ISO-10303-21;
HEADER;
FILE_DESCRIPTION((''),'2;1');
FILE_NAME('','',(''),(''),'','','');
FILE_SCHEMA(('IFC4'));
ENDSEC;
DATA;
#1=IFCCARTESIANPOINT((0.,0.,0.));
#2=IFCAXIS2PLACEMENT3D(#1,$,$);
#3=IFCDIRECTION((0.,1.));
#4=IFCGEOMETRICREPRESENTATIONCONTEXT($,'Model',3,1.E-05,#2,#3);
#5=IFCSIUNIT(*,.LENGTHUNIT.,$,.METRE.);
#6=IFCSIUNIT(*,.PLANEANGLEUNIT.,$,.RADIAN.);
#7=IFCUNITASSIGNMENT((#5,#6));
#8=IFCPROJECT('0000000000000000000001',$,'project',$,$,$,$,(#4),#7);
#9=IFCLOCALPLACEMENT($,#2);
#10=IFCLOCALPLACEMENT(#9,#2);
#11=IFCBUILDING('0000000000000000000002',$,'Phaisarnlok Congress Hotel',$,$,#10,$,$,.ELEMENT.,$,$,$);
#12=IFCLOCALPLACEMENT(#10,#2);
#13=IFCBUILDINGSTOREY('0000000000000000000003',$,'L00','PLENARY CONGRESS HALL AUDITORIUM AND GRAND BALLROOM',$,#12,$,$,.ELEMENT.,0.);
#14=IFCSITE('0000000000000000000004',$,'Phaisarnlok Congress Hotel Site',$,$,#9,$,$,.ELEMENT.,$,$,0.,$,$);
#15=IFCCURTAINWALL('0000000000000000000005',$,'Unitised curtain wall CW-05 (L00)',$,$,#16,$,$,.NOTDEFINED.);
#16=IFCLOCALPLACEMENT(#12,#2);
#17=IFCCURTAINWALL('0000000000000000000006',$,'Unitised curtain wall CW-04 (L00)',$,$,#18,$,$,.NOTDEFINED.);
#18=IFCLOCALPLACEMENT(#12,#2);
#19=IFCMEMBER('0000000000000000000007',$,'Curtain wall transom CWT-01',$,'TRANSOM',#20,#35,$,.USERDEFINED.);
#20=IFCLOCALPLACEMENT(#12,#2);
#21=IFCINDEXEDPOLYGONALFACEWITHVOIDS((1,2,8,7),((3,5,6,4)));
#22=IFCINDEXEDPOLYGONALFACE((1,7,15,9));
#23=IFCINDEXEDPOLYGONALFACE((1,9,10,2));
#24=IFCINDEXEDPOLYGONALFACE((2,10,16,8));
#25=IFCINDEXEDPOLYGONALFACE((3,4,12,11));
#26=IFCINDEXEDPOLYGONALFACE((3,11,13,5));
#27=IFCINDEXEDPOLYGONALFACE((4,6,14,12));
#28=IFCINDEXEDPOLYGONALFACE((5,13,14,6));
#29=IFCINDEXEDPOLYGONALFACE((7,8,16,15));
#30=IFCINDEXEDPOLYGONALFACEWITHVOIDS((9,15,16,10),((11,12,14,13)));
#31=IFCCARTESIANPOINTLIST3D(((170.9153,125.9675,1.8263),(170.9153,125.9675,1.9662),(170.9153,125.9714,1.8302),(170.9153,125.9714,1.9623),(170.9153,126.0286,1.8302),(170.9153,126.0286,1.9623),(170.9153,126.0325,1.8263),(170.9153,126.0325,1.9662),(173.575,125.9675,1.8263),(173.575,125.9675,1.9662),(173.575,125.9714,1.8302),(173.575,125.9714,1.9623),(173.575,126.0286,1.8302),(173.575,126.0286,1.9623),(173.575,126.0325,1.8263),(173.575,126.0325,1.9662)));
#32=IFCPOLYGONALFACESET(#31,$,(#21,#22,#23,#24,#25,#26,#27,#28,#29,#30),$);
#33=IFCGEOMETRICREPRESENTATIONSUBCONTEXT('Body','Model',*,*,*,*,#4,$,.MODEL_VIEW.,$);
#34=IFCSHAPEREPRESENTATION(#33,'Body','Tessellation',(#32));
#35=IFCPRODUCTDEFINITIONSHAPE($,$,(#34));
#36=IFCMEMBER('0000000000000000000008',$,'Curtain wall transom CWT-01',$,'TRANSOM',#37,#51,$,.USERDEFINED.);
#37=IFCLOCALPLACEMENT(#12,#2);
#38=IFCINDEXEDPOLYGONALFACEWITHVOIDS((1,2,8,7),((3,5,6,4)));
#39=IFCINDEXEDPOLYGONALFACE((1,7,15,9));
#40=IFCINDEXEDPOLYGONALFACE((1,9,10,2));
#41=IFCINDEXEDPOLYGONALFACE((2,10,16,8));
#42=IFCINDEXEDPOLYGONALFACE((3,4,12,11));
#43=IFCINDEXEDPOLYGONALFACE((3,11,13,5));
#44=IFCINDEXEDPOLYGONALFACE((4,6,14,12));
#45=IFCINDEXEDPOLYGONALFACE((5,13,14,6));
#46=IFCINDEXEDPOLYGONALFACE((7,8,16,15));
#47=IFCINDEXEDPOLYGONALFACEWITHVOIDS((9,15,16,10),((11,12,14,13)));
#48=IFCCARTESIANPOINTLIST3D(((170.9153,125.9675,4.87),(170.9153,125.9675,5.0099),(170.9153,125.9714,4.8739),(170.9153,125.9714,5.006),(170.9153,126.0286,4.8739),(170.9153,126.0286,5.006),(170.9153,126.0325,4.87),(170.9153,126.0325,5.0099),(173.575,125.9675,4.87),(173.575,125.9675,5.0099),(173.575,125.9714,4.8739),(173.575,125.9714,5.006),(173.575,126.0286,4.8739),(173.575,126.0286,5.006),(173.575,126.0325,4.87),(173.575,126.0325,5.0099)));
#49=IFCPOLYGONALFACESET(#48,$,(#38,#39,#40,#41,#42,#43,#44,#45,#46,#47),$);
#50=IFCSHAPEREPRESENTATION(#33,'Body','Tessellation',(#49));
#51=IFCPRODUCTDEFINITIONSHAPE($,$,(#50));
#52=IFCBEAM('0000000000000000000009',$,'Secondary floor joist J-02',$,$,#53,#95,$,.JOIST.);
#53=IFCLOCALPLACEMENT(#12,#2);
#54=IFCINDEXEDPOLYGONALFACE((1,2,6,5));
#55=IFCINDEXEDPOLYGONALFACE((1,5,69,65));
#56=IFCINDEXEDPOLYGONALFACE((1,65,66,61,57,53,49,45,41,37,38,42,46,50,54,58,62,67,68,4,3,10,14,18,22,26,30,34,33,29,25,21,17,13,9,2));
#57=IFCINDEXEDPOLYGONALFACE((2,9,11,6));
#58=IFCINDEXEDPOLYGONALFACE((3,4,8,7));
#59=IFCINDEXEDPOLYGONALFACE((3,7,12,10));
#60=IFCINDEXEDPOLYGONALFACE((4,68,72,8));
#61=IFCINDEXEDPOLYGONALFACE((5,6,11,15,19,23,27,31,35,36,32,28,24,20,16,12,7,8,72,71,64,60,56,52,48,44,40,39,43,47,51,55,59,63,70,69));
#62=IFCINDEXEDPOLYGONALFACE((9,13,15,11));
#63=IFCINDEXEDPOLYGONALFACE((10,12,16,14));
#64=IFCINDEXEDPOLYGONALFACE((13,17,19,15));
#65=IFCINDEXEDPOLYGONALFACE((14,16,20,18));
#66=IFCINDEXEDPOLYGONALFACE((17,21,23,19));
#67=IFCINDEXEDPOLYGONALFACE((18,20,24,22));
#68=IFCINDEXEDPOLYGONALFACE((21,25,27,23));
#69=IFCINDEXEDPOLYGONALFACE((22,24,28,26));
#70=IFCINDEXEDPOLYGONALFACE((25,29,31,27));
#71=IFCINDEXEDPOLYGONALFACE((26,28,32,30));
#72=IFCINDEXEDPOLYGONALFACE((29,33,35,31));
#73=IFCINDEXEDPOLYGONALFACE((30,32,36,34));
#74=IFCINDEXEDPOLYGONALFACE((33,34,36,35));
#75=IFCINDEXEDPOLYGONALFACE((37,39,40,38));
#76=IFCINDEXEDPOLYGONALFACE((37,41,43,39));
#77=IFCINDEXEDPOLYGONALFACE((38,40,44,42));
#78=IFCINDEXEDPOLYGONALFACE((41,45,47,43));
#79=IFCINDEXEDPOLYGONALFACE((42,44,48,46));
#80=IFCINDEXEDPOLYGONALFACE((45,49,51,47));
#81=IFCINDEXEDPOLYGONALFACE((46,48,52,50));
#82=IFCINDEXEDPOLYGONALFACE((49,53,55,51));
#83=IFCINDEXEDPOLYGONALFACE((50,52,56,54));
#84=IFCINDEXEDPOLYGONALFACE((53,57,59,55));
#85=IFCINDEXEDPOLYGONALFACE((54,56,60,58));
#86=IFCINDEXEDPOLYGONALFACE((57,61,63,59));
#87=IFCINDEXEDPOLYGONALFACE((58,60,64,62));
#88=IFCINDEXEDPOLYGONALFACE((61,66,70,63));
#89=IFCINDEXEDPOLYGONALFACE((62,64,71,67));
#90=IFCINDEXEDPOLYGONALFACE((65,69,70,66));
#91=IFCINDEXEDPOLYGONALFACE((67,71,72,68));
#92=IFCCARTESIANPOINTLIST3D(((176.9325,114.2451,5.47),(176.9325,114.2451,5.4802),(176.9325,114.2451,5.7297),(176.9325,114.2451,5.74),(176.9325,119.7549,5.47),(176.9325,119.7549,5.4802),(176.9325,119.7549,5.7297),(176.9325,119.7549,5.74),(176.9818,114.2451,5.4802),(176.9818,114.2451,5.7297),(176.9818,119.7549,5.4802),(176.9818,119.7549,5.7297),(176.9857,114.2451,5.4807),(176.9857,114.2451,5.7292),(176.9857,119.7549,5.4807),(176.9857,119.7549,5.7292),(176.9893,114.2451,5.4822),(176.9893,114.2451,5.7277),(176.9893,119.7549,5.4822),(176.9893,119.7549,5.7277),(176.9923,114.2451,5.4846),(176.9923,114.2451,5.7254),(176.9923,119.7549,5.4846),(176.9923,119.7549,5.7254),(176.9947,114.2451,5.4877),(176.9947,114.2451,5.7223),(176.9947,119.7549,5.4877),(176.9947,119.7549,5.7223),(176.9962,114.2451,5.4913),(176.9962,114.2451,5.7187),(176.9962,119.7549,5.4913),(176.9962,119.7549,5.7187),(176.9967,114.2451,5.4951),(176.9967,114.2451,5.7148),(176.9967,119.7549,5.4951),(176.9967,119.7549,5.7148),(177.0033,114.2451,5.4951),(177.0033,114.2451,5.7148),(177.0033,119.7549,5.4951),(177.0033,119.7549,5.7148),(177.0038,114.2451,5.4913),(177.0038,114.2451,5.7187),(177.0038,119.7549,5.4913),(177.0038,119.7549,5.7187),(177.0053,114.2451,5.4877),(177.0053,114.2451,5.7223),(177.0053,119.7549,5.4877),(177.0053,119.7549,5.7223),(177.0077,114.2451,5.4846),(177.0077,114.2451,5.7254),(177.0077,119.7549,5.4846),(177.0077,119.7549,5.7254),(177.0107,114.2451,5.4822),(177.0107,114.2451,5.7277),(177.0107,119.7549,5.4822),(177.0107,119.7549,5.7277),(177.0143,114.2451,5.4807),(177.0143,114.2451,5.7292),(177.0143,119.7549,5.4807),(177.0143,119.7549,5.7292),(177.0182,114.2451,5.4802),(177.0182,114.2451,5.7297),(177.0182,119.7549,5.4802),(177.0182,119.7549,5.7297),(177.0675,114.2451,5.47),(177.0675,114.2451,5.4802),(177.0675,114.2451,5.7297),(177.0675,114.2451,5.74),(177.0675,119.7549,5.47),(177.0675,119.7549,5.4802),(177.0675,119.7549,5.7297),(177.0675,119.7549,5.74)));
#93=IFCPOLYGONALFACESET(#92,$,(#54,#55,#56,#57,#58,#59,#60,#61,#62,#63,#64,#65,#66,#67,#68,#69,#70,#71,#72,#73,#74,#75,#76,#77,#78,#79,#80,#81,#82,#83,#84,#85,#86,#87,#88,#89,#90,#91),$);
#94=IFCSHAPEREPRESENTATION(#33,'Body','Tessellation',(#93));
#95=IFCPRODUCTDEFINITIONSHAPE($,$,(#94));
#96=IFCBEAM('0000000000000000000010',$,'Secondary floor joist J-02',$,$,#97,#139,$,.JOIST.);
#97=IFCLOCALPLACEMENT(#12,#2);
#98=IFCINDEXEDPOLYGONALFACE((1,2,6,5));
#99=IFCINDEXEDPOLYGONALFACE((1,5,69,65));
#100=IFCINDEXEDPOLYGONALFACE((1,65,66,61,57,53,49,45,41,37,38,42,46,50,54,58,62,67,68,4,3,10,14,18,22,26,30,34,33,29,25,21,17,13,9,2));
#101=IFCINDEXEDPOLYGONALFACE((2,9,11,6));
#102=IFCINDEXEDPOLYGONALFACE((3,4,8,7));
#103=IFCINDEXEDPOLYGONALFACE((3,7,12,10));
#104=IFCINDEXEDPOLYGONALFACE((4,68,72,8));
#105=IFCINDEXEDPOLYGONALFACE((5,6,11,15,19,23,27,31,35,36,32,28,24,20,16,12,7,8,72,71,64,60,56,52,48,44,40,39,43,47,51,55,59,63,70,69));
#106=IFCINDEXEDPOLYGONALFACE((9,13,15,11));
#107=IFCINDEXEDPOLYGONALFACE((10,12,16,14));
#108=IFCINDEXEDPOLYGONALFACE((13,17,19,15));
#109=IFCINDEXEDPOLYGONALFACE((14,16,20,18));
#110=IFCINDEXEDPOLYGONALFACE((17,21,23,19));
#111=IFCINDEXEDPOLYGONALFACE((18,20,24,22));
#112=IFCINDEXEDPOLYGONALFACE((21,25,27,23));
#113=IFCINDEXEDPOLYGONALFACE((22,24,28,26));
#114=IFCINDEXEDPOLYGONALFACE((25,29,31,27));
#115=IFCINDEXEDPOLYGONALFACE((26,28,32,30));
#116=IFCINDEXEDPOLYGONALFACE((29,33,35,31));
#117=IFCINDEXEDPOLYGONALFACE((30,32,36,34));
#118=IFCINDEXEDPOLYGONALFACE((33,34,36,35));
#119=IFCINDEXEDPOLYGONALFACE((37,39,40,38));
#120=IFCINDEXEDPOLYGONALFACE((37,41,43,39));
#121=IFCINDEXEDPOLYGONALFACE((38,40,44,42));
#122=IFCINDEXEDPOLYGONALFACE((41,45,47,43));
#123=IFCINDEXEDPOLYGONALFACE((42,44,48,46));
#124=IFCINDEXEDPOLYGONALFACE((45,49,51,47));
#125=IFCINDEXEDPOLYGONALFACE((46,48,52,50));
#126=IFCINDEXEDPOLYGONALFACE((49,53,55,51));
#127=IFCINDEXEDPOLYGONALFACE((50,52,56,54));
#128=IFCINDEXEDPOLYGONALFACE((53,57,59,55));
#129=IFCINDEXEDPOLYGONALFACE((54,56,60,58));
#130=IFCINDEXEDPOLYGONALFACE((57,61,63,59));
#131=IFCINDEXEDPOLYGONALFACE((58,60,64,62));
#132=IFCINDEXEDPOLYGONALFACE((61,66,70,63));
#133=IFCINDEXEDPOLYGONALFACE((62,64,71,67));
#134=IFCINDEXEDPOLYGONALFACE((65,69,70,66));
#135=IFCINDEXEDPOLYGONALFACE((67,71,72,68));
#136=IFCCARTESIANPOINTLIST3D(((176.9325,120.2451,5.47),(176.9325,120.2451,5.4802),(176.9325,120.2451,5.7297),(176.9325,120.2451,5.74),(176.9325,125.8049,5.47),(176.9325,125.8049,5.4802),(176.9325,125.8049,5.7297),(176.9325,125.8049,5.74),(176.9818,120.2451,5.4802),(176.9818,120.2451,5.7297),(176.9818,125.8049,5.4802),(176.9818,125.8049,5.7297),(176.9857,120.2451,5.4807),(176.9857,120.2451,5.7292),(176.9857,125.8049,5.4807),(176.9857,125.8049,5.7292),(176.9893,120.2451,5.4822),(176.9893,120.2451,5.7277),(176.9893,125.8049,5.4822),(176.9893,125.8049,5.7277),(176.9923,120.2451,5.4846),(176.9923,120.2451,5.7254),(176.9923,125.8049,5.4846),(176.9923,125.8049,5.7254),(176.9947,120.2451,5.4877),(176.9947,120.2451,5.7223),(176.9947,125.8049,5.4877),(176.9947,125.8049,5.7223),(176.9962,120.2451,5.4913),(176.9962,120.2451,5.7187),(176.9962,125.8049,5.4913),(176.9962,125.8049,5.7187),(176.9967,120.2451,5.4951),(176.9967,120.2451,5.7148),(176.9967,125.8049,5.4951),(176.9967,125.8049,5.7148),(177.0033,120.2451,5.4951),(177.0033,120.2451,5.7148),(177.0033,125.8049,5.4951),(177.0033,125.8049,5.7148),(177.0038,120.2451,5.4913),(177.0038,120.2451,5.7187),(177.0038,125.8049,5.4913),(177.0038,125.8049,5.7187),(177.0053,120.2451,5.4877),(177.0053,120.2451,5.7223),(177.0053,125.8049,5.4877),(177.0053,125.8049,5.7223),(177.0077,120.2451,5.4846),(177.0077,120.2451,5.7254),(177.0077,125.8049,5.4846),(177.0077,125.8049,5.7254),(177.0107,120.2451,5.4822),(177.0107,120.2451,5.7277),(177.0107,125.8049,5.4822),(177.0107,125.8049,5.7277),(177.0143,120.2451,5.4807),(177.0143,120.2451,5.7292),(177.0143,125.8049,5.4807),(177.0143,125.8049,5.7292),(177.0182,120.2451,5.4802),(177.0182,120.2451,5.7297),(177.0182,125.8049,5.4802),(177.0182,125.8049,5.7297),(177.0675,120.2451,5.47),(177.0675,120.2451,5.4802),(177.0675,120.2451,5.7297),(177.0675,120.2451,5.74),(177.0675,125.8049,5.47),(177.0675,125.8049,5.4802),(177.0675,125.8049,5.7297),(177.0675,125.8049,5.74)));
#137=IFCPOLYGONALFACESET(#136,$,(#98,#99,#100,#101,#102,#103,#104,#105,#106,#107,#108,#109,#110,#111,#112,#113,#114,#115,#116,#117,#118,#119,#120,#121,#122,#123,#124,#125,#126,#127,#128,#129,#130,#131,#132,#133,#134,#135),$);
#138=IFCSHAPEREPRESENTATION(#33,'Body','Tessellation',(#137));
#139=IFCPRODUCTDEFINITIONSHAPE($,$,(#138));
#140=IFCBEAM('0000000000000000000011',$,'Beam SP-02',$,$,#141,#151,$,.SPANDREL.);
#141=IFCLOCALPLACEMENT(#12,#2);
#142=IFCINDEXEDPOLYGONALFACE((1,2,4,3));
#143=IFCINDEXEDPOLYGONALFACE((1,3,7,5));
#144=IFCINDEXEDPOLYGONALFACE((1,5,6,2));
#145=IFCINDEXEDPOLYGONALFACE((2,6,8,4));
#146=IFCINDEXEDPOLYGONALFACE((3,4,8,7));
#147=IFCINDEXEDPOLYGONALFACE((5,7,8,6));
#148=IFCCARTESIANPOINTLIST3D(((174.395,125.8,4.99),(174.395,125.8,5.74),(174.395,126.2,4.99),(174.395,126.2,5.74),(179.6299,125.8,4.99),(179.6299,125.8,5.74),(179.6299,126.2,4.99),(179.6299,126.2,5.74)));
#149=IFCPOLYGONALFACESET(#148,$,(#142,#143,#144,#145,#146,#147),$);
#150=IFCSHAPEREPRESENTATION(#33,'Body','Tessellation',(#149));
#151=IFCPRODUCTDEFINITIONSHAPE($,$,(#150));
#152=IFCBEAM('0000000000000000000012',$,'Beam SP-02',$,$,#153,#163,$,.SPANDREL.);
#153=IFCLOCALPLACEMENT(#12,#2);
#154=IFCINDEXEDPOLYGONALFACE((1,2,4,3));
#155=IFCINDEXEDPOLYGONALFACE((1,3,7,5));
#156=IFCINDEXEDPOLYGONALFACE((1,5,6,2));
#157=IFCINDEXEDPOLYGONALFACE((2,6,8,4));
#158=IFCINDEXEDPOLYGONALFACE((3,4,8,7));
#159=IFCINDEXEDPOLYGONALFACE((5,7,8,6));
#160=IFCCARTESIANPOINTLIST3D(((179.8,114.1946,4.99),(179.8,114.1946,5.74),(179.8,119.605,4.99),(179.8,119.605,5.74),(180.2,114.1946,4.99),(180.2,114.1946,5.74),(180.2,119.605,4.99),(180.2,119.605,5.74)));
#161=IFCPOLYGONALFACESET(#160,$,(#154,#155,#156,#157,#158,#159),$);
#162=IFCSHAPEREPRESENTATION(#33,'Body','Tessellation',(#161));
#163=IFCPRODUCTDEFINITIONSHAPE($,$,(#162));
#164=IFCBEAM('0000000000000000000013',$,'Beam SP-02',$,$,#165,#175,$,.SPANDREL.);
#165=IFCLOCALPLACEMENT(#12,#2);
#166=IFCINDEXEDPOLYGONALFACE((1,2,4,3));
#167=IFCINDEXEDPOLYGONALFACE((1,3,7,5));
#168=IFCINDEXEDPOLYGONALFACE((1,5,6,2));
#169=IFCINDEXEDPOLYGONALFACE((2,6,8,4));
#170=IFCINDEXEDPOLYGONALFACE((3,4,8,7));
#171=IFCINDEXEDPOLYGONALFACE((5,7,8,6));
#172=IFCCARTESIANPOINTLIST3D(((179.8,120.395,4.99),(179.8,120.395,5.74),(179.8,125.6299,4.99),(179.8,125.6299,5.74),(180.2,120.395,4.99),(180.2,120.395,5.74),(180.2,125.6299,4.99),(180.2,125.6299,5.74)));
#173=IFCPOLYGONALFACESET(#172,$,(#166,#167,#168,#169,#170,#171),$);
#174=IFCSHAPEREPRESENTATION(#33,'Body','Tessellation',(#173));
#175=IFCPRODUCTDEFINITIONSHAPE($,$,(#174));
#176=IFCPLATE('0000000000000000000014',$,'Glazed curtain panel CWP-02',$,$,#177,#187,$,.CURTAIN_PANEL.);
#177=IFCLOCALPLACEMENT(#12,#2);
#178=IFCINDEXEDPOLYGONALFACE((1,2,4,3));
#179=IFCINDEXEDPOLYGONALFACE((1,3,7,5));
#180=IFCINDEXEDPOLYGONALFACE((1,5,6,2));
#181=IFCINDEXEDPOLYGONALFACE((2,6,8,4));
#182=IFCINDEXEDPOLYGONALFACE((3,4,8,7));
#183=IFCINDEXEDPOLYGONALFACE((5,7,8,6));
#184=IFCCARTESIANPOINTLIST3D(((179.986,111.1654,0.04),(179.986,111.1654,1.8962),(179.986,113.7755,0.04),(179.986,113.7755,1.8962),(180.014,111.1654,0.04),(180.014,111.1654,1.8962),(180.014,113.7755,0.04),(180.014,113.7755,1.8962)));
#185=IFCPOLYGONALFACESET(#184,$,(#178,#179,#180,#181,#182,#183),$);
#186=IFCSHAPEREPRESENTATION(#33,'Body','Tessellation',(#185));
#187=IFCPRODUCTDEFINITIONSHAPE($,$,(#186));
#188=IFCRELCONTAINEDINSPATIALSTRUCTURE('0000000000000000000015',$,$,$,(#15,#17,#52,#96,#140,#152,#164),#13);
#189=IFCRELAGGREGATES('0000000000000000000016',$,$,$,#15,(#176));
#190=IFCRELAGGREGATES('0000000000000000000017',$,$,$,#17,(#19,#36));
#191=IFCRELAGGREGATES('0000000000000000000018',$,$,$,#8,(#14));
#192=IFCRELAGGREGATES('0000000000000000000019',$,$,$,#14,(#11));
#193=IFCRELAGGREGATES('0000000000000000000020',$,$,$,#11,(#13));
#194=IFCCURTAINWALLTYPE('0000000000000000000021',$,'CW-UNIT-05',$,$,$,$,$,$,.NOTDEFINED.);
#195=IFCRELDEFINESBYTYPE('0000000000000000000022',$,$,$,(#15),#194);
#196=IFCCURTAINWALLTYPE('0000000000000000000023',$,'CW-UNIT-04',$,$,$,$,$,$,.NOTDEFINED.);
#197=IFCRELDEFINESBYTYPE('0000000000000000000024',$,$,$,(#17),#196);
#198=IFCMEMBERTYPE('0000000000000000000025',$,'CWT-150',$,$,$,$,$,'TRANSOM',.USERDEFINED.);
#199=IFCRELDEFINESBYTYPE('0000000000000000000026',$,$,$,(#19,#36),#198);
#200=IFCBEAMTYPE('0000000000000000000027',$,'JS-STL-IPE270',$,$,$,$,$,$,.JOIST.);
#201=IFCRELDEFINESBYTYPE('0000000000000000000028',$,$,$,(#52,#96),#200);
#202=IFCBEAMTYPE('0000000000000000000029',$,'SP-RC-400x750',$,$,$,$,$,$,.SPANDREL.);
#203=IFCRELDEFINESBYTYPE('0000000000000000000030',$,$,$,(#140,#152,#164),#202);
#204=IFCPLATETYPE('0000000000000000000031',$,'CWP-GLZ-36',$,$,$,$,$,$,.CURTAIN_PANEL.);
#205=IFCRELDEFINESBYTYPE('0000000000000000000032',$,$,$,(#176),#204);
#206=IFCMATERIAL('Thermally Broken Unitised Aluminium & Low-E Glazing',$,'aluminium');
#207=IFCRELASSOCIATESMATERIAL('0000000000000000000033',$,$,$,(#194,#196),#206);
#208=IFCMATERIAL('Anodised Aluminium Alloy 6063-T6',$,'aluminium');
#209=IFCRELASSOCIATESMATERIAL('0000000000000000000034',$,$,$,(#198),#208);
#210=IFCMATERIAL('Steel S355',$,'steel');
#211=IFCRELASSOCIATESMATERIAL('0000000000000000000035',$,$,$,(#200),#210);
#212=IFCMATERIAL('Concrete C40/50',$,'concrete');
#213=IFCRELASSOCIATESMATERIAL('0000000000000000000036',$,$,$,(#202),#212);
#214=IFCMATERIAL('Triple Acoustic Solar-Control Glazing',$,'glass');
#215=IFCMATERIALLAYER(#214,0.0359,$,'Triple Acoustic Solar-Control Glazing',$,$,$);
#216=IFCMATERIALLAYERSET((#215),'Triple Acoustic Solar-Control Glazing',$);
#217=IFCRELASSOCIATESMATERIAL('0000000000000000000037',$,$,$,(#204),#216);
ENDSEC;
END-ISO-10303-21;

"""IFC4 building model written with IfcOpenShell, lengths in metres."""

from ifc_helpers import new_model, si_unit, direction, frame, frame_2d, origin, origin_2d, place, context, subcontext, project, spatial, rectangle, hollow_rectangle, i_section, extrude, material, layer, layer_set, material_profile, profile_set, type_object, element, aggregate, save


model = new_model("IFC4")

# Units and contexts
model_context = context("Model", 3, precision=1e-05, world=origin(), true_north=direction((0.0, 1.0)))
body_context = subcontext(model_context, "Body", "Model", "MODEL_VIEW")
ifc_project = project(units=[si_unit("LENGTHUNIT", "METRE"), si_unit("PLANEANGLEUNIT", "RADIAN")], contexts=[model_context])

# Site, building, storey
site_placement = place(None, origin())
site = spatial("IfcSite", under=ifc_project, at=site_placement, Name="Phaisarnlok Congress Hotel Site", CompositionType="ELEMENT", RefElevation=0.0)
building_placement = place(site_placement, origin())
building = spatial("IfcBuilding", under=site, at=building_placement, Name="Phaisarnlok Congress Hotel", CompositionType="ELEMENT")
storey_placement = place(building_placement, origin())
storey = spatial("IfcBuildingStorey", under=building, at=storey_placement, Name="L00", Description="PLENARY CONGRESS HALL AUDITORIUM AND GRAND BALLROOM", CompositionType="ELEMENT", Elevation=0.0)

# Shared definitions
ifc_material_1 = material(Name="Steel S355", Category="steel")

# Shared definitions
ifc_material_2 = material(Name="Concrete C40/50", Category="concrete")

# Curtain wall
ifc_material_3 = material(Name="Thermally Broken Unitised Aluminium & Low-E Glazing", Category="aluminium")
curtain_wall_type_1 = type_object("IfcCurtainWallType", Name="CW-UNIT-05", PredefinedType="NOTDEFINED", material=ifc_material_3)
curtain_wall_1_placement = place(storey_placement, origin())
curtain_wall_1 = element("IfcCurtainWall", 1, at=curtain_wall_1_placement, inside=storey, type_object=curtain_wall_type_1, Name="Unitised curtain wall CW-05 (L00)", PredefinedType="NOTDEFINED")
ifc_material_4 = material(Name="Anodised Aluminium Alloy 6063-T6", Category="aluminium")

# Curtain wall
curtain_wall_type_2 = type_object("IfcCurtainWallType", Name="CW-UNIT-04", PredefinedType="NOTDEFINED", material=ifc_material_3)
curtain_wall_2_placement = place(storey_placement, origin())
curtain_wall_2 = element("IfcCurtainWall", 2, at=curtain_wall_2_placement, inside=storey, type_object=curtain_wall_type_2, Name="Unitised curtain wall CW-04 (L00)", PredefinedType="NOTDEFINED")

# Members
ifc_material_profile_1 = material_profile(ifc_material_4, hollow_rectangle(XDim=0.0649, YDim=0.1399, WallThickness=0.0039, at=origin_2d()), Name="ALU-T 65x140x4")
ifc_profile_set_1 = profile_set([ifc_material_profile_1], Name="Anodised Aluminium Alloy 6063-T6")
member_type_1 = type_object("IfcMemberType", Name="CWT-150", ElementType="TRANSOM", PredefinedType="USERDEFINED", material=ifc_profile_set_1)
member_1_placement = place(storey_placement, frame((173.575, 126.0, 1.8962), z_axis=(-1.0, 0.0, 0.0), x_axis=(0.0, -1.0, 0.0)))
member_1 = element("IfcMember", 3, at=member_1_placement, type_object=member_type_1, Name="Curtain wall transom CWT-01", ObjectType="TRANSOM", PredefinedType="USERDEFINED", context=body_context, shape_type="SweptSolid", body=[
    extrude(hollow_rectangle(XDim=0.0649, YDim=0.1399, WallThickness=0.0039, at=origin_2d()), origin(), (0.0, 0.0, 1.0), 2.6597),
])
member_2_placement = place(storey_placement, frame((173.575, 126.0, 4.9399), z_axis=(-1.0, 0.0, 0.0), x_axis=(0.0, -1.0, 0.0)))
member_2 = element("IfcMember", 4, at=member_2_placement, type_object=member_type_1, Name="Curtain wall transom CWT-01", ObjectType="TRANSOM", PredefinedType="USERDEFINED", context=body_context, shape_type="SweptSolid", body=[
    extrude(hollow_rectangle(XDim=0.0649, YDim=0.1399, WallThickness=0.0039, at=origin_2d()), origin(), (0.0, 0.0, 1.0), 2.6597),
])

# Beams
ifc_material_profile_2 = material_profile(ifc_material_1, i_section(OverallWidth=0.135, OverallDepth=0.27, WebThickness=0.0066, FlangeThickness=0.0103, FilletRadius=0.0149, at=origin_2d()), Name="IPE 270")
ifc_profile_set_2 = profile_set([ifc_material_profile_2], Name="Steel S355")
beam_type_1 = type_object("IfcBeamType", Name="JS-STL-IPE270", PredefinedType="JOIST", material=ifc_profile_set_2)
beam_1_placement = place(storey_placement, frame((177.0, 114.2451, 5.605), z_axis=(0.0, 1.0, 0.0), x_axis=(-1.0, 0.0, 0.0)))
element("IfcBeam", 5, at=beam_1_placement, inside=storey, type_object=beam_type_1, Name="Secondary floor joist J-02", PredefinedType="JOIST", context=body_context, shape_type="SweptSolid", body=[
    extrude(i_section(OverallWidth=0.135, OverallDepth=0.27, WebThickness=0.0066, FlangeThickness=0.0103, FilletRadius=0.0149, at=origin_2d()), origin(), (0.0, 0.0, 1.0), 5.5098),
])
beam_2_placement = place(storey_placement, frame((177.0, 120.2451, 5.605), z_axis=(0.0, 1.0, 0.0), x_axis=(-1.0, 0.0, 0.0)))
element("IfcBeam", 6, at=beam_2_placement, inside=storey, type_object=beam_type_1, Name="Secondary floor joist J-02", PredefinedType="JOIST", context=body_context, shape_type="SweptSolid", body=[
    extrude(i_section(OverallWidth=0.135, OverallDepth=0.27, WebThickness=0.0066, FlangeThickness=0.0103, FilletRadius=0.0149, at=origin_2d()), origin(), (0.0, 0.0, 1.0), 5.5598),
])
ifc_material_profile_3 = material_profile(ifc_material_2, rectangle(XDim=0.3999, YDim=0.75, at=origin_2d()), Name="RC 400x750")
ifc_profile_set_3 = profile_set([ifc_material_profile_3], Name="Concrete C40/50")
beam_type_2 = type_object("IfcBeamType", Name="SP-RC-400x750", PredefinedType="SPANDREL", material=ifc_profile_set_3)
beam_3_placement = place(storey_placement, frame((174.395, 126.0, 5.365), z_axis=(1.0, 0.0, 0.0), x_axis=(0.0, 1.0, 0.0)))
element("IfcBeam", 7, at=beam_3_placement, inside=storey, type_object=beam_type_2, Name="Beam SP-02", PredefinedType="SPANDREL", context=body_context, shape_type="SweptSolid", body=[
    extrude(rectangle(XDim=0.3999, YDim=0.75, at=origin_2d()), origin(), (0.0, 0.0, 1.0), 5.2349),
])
beam_4_placement = place(storey_placement, frame((180.0, 114.1946, 5.365), z_axis=(0.0, 1.0, 0.0), x_axis=(-1.0, 0.0, 0.0)))
element("IfcBeam", 8, at=beam_4_placement, inside=storey, type_object=beam_type_2, Name="Beam SP-02", PredefinedType="SPANDREL", context=body_context, shape_type="SweptSolid", body=[
    extrude(rectangle(XDim=0.3999, YDim=0.75, at=origin_2d()), origin(), (0.0, 0.0, 1.0), 5.4104),
])
beam_5_placement = place(storey_placement, frame((180.0, 120.395, 5.365), z_axis=(0.0, 1.0, 0.0), x_axis=(-1.0, 0.0, 0.0)))
element("IfcBeam", 9, at=beam_5_placement, inside=storey, type_object=beam_type_2, Name="Beam SP-02", PredefinedType="SPANDREL", context=body_context, shape_type="SweptSolid", body=[
    extrude(rectangle(XDim=0.3999, YDim=0.75, at=origin_2d()), origin(), (0.0, 0.0, 1.0), 5.2349),
])

# Plate
ifc_material_5 = material(Name="Triple Acoustic Solar-Control Glazing", Category="glass")
ifc_layer_1 = layer(ifc_material_5, 0.0359, Name="Triple Acoustic Solar-Control Glazing")
ifc_layer_set_1 = layer_set([ifc_layer_1], Name="Triple Acoustic Solar-Control Glazing")
plate_type = type_object("IfcPlateType", Name="CWP-GLZ-36", PredefinedType="CURTAIN_PANEL", material=ifc_layer_set_1)
plate_1_placement = place(storey_placement, frame((180.0, 111.1653, 0.04), z_axis=(0.0, 0.0, 1.0), x_axis=(0.0, 1.0, 0.0)))
plate_1 = element("IfcPlate", 10, at=plate_1_placement, type_object=plate_type, Name="Glazed curtain panel CWP-02", PredefinedType="CURTAIN_PANEL", context=body_context, shape_type="SweptSolid", body=[
    extrude(rectangle(XDim=2.6101, YDim=0.0281, at=frame_2d((1.3052, 0.0))), origin(), (0.0, 0.0, 1.0), 1.8562),
])
aggregate(curtain_wall_1, [plate_1])
aggregate(curtain_wall_2, [member_1, member_2])

save(model, "model.ifc")
